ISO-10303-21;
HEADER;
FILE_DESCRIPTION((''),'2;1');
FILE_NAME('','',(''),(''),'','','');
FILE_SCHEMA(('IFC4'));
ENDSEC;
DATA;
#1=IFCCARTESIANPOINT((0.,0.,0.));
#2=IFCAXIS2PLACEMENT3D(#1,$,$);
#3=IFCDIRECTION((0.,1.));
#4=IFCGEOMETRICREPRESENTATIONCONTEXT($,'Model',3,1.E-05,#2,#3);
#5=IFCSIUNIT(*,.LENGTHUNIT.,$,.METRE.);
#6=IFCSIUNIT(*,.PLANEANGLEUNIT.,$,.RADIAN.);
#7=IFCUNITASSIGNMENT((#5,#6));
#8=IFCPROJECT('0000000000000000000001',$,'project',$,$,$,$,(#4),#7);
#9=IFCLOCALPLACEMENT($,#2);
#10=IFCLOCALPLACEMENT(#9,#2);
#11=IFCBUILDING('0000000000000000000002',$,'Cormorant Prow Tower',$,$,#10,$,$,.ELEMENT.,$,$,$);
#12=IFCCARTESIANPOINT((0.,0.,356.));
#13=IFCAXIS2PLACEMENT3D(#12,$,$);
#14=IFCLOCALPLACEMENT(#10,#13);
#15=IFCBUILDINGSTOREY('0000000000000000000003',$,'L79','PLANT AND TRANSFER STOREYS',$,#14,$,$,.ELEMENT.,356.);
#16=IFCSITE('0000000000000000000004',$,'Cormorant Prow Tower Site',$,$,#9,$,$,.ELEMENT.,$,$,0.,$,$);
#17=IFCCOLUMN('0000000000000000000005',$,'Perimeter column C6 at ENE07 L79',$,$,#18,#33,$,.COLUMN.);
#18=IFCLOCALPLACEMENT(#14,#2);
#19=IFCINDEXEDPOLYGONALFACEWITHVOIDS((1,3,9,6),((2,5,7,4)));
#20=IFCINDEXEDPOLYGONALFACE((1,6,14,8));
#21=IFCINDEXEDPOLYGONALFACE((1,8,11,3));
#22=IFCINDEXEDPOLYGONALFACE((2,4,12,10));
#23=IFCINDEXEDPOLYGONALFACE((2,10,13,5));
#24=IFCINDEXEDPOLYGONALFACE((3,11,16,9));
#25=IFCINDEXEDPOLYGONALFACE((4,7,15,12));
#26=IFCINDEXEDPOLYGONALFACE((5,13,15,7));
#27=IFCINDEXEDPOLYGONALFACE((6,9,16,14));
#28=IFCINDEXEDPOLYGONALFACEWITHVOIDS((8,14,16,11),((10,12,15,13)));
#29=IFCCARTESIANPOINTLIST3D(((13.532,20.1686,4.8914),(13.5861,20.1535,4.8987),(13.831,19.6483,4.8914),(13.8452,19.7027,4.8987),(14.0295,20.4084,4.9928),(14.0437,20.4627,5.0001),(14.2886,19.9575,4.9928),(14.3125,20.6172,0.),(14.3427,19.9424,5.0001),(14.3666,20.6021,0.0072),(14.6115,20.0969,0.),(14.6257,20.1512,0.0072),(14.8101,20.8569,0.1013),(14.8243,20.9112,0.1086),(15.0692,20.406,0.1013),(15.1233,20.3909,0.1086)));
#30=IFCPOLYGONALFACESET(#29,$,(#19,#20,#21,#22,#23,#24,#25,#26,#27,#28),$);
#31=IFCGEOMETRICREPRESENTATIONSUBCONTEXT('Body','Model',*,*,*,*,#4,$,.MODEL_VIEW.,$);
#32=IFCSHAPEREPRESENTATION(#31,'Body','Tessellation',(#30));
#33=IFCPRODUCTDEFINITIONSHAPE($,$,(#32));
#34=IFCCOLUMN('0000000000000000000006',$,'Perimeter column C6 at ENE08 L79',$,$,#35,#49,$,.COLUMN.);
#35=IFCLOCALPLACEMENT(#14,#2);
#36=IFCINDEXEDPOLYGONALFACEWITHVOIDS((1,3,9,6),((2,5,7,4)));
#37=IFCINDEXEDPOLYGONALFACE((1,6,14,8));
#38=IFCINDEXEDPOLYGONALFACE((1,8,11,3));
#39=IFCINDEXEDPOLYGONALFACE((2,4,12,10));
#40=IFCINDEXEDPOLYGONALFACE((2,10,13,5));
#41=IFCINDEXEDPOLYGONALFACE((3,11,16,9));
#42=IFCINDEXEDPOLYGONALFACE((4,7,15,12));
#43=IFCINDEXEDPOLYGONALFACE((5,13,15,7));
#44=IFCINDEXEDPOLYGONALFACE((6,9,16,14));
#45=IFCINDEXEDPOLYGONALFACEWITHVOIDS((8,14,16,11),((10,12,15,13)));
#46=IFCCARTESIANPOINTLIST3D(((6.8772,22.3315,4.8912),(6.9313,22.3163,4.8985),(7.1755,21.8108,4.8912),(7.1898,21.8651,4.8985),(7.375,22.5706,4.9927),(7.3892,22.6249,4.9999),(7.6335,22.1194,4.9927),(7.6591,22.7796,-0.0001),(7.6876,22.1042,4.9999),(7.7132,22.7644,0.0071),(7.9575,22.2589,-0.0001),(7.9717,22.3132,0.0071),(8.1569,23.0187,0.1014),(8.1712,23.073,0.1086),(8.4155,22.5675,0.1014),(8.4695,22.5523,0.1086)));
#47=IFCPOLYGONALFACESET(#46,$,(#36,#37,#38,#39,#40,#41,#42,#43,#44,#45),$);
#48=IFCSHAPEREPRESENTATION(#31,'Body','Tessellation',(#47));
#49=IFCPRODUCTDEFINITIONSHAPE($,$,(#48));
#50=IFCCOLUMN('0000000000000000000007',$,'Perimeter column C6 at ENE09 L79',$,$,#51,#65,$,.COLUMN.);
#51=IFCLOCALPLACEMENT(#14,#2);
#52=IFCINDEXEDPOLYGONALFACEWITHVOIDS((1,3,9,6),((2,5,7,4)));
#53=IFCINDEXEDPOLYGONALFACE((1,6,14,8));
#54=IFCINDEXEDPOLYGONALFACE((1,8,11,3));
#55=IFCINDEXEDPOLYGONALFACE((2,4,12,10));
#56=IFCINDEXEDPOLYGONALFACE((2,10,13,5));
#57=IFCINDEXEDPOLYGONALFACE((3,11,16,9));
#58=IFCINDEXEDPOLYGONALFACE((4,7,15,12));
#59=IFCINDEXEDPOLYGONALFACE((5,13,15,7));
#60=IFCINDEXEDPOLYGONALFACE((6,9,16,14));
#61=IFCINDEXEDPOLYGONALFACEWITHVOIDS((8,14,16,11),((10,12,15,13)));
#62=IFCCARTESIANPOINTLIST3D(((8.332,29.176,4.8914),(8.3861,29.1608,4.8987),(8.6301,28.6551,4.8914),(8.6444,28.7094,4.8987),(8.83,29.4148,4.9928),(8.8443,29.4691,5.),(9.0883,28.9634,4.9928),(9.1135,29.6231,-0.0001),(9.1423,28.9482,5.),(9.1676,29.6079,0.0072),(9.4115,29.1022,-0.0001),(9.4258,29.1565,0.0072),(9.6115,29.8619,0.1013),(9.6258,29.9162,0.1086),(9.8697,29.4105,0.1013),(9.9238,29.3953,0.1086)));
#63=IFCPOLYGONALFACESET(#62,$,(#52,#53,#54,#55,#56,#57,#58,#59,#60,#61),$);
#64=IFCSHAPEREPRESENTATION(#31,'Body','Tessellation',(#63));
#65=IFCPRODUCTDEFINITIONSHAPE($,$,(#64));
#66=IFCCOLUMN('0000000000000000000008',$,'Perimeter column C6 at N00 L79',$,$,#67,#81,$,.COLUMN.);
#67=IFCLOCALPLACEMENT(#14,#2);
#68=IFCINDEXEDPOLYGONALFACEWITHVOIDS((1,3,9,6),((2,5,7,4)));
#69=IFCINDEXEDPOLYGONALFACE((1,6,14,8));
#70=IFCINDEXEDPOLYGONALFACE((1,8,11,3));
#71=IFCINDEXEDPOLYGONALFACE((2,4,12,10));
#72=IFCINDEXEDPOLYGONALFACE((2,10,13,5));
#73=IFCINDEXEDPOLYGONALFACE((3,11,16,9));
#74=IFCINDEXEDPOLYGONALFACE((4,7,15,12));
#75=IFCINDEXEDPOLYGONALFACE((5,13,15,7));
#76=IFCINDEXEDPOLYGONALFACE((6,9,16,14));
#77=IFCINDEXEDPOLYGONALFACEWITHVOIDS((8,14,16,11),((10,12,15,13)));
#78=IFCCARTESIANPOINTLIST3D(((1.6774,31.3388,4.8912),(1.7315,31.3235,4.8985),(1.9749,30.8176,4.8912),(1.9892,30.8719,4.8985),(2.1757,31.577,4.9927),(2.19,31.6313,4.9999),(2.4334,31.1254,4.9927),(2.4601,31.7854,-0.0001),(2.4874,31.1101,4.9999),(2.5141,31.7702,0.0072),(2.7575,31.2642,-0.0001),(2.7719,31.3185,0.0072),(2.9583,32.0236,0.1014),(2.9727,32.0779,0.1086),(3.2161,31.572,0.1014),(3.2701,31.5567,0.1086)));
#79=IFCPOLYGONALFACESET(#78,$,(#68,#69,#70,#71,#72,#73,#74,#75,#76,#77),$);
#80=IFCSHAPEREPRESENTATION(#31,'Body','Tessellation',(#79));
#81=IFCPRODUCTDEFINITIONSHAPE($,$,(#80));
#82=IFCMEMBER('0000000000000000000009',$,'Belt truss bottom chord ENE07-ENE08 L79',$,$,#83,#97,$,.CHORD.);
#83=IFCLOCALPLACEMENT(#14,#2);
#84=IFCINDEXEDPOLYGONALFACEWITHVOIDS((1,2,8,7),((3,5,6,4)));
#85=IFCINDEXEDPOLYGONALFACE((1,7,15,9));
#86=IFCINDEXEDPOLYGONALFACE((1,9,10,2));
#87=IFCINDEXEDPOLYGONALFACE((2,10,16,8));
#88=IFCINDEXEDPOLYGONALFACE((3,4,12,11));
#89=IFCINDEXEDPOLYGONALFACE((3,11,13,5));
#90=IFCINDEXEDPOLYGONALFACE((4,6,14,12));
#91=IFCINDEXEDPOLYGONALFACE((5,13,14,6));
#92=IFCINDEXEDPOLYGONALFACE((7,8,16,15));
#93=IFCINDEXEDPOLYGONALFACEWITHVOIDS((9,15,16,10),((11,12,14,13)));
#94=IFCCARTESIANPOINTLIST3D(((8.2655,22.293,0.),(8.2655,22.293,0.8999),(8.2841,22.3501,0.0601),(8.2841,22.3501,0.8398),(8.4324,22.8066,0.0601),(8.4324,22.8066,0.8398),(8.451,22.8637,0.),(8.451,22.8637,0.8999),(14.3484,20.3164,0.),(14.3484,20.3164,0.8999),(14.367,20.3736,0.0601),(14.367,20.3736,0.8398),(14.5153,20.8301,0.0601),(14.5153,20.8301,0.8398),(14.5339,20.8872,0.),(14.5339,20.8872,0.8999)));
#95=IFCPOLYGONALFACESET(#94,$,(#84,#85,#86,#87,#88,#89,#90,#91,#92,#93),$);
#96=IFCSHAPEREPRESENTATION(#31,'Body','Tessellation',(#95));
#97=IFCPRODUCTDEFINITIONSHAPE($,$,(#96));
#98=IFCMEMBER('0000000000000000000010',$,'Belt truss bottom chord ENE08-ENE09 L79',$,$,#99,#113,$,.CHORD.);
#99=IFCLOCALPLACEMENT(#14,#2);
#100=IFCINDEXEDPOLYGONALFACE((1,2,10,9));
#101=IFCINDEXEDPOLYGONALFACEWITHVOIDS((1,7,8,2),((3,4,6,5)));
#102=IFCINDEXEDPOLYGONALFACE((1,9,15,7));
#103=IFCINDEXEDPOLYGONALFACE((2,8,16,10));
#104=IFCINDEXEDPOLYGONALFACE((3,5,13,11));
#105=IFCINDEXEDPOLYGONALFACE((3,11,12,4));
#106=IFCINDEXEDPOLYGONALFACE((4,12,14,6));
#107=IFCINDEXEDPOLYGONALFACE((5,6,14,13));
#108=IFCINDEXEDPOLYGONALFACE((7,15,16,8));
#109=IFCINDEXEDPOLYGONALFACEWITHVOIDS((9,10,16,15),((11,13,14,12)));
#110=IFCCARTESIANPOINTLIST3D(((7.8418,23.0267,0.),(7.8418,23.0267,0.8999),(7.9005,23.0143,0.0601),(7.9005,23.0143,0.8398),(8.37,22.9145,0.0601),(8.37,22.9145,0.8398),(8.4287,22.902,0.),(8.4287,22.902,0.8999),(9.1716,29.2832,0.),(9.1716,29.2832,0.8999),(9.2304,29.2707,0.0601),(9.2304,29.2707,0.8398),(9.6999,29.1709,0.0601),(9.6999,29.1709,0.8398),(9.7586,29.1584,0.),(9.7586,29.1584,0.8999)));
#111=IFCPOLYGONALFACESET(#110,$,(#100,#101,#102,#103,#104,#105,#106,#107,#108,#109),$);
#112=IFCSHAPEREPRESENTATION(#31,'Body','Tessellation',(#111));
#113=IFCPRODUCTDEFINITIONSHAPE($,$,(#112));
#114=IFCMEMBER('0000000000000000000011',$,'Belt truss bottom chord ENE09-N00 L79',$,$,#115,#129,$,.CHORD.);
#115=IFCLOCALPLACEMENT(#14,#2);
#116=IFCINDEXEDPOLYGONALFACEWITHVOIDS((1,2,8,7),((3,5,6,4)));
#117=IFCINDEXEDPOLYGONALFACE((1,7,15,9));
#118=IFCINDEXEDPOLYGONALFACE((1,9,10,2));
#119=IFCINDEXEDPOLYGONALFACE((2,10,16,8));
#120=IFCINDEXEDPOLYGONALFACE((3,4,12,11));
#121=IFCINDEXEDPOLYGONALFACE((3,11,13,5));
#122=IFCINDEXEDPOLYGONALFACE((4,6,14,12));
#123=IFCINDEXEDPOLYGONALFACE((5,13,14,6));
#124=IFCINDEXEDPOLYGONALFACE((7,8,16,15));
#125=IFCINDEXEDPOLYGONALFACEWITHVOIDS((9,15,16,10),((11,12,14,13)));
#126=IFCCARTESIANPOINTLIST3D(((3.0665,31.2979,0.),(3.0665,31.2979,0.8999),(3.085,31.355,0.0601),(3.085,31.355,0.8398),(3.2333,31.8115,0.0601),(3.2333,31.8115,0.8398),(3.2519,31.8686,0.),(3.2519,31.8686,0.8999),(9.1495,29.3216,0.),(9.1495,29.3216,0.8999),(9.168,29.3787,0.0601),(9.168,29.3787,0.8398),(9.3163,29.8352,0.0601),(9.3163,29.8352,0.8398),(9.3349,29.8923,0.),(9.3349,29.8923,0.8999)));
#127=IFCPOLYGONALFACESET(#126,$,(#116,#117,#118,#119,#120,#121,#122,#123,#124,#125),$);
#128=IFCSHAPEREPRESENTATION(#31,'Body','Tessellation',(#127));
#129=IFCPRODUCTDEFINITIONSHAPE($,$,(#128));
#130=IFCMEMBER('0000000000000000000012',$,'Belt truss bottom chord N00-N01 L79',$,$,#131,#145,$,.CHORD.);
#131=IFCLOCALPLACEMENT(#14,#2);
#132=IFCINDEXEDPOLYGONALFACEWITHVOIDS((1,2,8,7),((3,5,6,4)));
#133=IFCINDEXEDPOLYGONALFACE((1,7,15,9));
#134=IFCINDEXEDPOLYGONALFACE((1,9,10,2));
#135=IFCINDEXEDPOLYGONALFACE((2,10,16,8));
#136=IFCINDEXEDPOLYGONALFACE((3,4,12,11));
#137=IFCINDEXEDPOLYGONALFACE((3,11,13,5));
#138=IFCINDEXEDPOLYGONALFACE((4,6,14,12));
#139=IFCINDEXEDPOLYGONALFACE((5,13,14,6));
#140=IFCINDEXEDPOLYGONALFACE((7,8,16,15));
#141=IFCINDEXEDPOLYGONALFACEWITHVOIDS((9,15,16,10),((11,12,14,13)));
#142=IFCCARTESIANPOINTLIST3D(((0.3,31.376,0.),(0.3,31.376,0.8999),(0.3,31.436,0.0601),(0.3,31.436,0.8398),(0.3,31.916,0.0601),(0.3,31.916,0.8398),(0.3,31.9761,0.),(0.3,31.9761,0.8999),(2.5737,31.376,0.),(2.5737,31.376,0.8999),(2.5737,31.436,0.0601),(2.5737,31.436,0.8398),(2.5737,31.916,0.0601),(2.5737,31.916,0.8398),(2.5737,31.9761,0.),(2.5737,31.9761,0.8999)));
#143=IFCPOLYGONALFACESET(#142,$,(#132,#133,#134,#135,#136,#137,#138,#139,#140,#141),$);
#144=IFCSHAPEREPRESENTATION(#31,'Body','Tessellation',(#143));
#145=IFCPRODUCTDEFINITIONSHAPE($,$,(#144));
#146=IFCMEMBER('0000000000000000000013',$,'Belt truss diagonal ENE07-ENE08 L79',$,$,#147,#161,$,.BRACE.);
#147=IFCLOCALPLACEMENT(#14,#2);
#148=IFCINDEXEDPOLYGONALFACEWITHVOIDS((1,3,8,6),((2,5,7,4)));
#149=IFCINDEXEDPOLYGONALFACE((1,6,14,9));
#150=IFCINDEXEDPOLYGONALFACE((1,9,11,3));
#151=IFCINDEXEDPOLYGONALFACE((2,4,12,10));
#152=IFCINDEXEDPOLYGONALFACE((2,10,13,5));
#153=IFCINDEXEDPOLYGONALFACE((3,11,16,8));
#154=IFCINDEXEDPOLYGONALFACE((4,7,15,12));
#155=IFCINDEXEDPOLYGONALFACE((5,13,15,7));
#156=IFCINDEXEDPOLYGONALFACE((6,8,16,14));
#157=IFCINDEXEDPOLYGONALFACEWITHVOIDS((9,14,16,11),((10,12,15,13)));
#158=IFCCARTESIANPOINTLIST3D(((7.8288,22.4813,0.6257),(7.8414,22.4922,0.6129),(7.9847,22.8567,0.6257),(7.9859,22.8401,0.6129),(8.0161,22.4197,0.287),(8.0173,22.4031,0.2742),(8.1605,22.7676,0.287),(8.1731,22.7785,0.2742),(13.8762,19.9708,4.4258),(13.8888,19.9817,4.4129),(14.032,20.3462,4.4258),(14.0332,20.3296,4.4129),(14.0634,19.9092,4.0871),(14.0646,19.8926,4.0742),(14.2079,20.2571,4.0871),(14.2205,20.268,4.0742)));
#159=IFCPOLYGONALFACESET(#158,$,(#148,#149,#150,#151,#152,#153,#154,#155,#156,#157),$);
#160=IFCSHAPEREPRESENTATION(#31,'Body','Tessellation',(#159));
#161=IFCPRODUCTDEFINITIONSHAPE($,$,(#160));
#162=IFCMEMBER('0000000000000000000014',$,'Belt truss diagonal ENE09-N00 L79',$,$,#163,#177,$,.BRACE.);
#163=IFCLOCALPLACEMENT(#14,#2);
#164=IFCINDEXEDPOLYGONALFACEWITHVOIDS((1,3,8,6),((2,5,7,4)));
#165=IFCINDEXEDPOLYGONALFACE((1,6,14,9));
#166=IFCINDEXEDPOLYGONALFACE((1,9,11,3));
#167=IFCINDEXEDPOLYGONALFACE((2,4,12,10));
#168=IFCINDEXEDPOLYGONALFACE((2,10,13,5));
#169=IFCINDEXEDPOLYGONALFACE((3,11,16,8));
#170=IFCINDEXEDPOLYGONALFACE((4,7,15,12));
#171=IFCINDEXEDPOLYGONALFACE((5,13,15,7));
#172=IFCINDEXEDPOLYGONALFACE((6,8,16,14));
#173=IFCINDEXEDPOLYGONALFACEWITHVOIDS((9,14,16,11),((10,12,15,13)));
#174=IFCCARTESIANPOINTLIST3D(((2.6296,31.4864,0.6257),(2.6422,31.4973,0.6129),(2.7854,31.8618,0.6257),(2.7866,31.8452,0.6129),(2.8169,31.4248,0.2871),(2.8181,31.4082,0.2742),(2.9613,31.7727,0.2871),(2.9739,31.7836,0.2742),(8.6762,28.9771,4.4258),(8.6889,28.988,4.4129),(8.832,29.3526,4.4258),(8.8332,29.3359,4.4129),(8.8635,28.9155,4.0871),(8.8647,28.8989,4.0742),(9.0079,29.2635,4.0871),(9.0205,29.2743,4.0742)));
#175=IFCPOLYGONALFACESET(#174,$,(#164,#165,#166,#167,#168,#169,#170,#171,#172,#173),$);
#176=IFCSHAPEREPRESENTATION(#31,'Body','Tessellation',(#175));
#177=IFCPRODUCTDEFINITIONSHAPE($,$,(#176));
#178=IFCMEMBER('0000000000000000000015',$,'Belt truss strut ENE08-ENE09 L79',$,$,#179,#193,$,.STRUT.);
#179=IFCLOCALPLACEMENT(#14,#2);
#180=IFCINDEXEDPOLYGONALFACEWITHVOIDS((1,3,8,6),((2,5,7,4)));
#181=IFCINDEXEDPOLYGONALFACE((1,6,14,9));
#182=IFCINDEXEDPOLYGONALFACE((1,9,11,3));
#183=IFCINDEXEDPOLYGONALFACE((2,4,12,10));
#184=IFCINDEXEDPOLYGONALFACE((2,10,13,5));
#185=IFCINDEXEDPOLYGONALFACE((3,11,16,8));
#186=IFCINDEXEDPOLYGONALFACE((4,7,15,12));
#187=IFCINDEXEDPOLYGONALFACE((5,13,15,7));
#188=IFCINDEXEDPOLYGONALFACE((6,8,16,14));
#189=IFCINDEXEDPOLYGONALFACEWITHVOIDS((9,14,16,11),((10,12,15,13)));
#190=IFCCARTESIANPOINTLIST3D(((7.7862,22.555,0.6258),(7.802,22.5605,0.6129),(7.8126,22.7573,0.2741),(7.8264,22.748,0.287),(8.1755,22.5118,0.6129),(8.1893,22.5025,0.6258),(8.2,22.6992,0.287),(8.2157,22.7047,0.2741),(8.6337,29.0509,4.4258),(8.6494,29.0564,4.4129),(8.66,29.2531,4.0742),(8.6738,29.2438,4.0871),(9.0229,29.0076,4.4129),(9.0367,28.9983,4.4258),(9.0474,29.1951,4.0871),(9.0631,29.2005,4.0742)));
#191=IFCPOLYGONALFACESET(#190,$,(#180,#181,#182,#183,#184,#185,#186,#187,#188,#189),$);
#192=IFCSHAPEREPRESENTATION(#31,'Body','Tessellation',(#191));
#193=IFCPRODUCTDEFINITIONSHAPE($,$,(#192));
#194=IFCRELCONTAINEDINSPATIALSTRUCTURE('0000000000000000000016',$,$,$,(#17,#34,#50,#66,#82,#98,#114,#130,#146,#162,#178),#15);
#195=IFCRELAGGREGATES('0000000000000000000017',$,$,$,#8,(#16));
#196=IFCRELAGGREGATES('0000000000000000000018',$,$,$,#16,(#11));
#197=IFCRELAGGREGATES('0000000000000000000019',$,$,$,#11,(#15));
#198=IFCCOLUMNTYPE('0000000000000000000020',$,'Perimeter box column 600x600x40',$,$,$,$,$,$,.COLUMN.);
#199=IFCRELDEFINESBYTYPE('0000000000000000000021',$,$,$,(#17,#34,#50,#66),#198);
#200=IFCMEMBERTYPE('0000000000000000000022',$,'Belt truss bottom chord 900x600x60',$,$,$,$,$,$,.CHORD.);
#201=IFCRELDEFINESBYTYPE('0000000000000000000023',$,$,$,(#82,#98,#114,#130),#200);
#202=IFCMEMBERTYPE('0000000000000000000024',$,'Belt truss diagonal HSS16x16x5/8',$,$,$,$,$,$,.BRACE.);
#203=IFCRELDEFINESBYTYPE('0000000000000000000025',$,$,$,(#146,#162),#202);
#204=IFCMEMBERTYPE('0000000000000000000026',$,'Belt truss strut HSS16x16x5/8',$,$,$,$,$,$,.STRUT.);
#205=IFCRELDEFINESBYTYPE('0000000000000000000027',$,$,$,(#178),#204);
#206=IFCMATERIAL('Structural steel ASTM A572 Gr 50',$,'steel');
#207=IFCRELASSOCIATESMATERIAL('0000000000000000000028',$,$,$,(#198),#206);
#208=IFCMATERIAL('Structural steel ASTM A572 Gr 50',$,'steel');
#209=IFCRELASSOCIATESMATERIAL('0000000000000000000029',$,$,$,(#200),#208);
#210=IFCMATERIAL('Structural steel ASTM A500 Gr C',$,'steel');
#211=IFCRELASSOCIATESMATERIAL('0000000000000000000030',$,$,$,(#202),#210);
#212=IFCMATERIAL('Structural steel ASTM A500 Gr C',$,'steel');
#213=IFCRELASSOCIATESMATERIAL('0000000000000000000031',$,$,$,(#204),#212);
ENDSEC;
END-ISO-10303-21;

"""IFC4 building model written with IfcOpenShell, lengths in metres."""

from ifc_helpers import new_model, si_unit, direction, frame, origin, origin_2d, place, context, subcontext, project, spatial, hollow_rectangle, extrude, material, material_profile, profile_set, type_object, element, save


model = new_model("IFC4")

# Units and contexts
model_context = context("Model", 3, precision=1e-05, world=origin(), true_north=direction((0.0, 1.0)))
body_context = subcontext(model_context, "Body", "Model", "MODEL_VIEW")
ifc_project = project(units=[si_unit("LENGTHUNIT", "METRE"), si_unit("PLANEANGLEUNIT", "RADIAN")], contexts=[model_context])

# Site, building, storey
site_placement = place(None, origin())
site = spatial("IfcSite", under=ifc_project, at=site_placement, Name="Cormorant Prow Tower Site", CompositionType="ELEMENT", RefElevation=0.0)
building_placement = place(site_placement, origin())
building = spatial("IfcBuilding", under=site, at=building_placement, Name="Cormorant Prow Tower", CompositionType="ELEMENT")
storey_placement = place(building_placement, frame((0.0, 0.0, 356.0)))
storey = spatial("IfcBuildingStorey", under=building, at=storey_placement, Name="L79", Description="PLANT AND TRANSFER STOREYS", CompositionType="ELEMENT", Elevation=356.0)

# Columns
ifc_material_1 = material(Name="Structural steel ASTM A572 Gr 50", Category="steel")
ifc_material_profile_1 = material_profile(ifc_material_1, hollow_rectangle(XDim=0.6001, YDim=0.6001, WallThickness=0.04, at=origin_2d()), Name="Box 600x600x40")
ifc_profile_set_1 = profile_set([ifc_material_profile_1], Name="Structural steel ASTM A572 Gr 50")
column_type = type_object("IfcColumnType", Name="Perimeter box column 600x600x40", PredefinedType="COLUMN", material=ifc_profile_set_1)
for number, where, z_axis, x_axis, name in (
    (1, (14.7266, 20.509, 0.0), (-0.156935, -0.090185, 0.983483), (0.498252, -0.867032, 0.0), "Perimeter column C6 at ENE07 L79"),
    (2, (8.073, 22.6709, 0.0), (-0.157217, -0.090085, 0.983447), (0.497166, -0.867655, 0.0), "Perimeter column C6 at ENE08 L79"),
    (3, (9.5273, 29.5142, 0.0), (-0.157126, -0.089896, 0.983479), (0.496596, -0.867982, 0.0), "Perimeter column C6 at ENE09 L79"),
    (4, (2.8738, 31.676, 0.0), (-0.157362, -0.089797, 0.98345), (0.495625, -0.868537, 0.0), "Perimeter column C6 at N00 L79"),
):
    element("IfcColumn", number, at=place(storey_placement, frame(where, z_axis=z_axis, x_axis=x_axis)), inside=storey, type_object=column_type, Name=name, PredefinedType="COLUMN", context=body_context, shape_type="SweptSolid", body=[
        extrude(hollow_rectangle(XDim=0.6001, YDim=0.6001, WallThickness=0.04, at=origin_2d()), frame((0.0, 0.0, 0.0552)), (0.0, 0.0, 1.0), 4.9736),
    ])

# Members
ifc_material_2 = material(Name="Structural steel ASTM A572 Gr 50", Category="steel")
ifc_material_profile_2 = material_profile(ifc_material_2, hollow_rectangle(XDim=0.6001, YDim=0.8999, WallThickness=0.0601, at=origin_2d()), Name="Box 900x600x60")
ifc_profile_set_2 = profile_set([ifc_material_profile_2], Name="Structural steel ASTM A572 Gr 50")
member_type_1 = type_object("IfcMemberType", Name="Belt truss bottom chord 900x600x60", PredefinedType="CHORD", material=ifc_profile_set_2)
member_1_placement = place(storey_placement, frame((14.4412, 20.6018, 0.45), z_axis=(-0.951053, 0.309027, 0.0), x_axis=(-0.309027, -0.951053, 0.0)))
element("IfcMember", 5, at=member_1_placement, inside=storey, type_object=member_type_1, Name="Belt truss bottom chord ENE07-ENE08 L79", PredefinedType="CHORD", context=body_context, shape_type="SweptSolid", body=[
    extrude(hollow_rectangle(XDim=0.6001, YDim=0.8999, WallThickness=0.0601, at=origin_2d()), origin(), (0.0, 0.0, 1.0), 6.396),
])
member_2_placement = place(storey_placement, frame((8.1353, 22.9644, 0.45), z_axis=(0.207913, 0.978147, 0.0), x_axis=(-0.978147, 0.207913, 0.0)))
element("IfcMember", 6, at=member_2_placement, inside=storey, type_object=member_type_1, Name="Belt truss bottom chord ENE08-ENE09 L79", PredefinedType="CHORD", context=body_context, shape_type="SweptSolid", body=[
    extrude(hollow_rectangle(XDim=0.6001, YDim=0.8999, WallThickness=0.0601, at=origin_2d()), origin(), (0.0, 0.0, 1.0), 6.3962),
])
member_3_placement = place(storey_placement, frame((9.2422, 29.6069, 0.45), z_axis=(-0.951064, 0.308993, 0.0), x_axis=(-0.308993, -0.951064, 0.0)))
element("IfcMember", 7, at=member_3_placement, inside=storey, type_object=member_type_1, Name="Belt truss bottom chord ENE09-N00 L79", PredefinedType="CHORD", context=body_context, shape_type="SweptSolid", body=[
    extrude(hollow_rectangle(XDim=0.6001, YDim=0.8999, WallThickness=0.0601, at=origin_2d()), origin(), (0.0, 0.0, 1.0), 6.396),
])
member_4_placement = place(storey_placement, frame((2.5737, 31.676, 0.45), z_axis=(-1.0, 0.0, 0.0), x_axis=(0.0, -1.0, 0.0)))
element("IfcMember", 8, at=member_4_placement, inside=storey, type_object=member_type_1, Name="Belt truss bottom chord N00-N01 L79", PredefinedType="CHORD", context=body_context, shape_type="SweptSolid", body=[
    extrude(hollow_rectangle(XDim=0.6001, YDim=0.8999, WallThickness=0.0601, at=origin_2d()), origin(), (0.0, 0.0, 1.0), 2.2737),
])
ifc_material_3 = material(Name="Structural steel ASTM A500 Gr C", Category="steel")
ifc_material_profile_3 = material_profile(ifc_material_3, hollow_rectangle(XDim=0.4065, YDim=0.4065, WallThickness=0.0149, at=origin_2d()), Name="HSS16x16x5/8")
ifc_profile_set_3 = profile_set([ifc_material_profile_3], Name="Structural steel ASTM A500 Gr C")
member_type_2 = type_object("IfcMemberType", Name="Belt truss diagonal HSS16x16x5/8", PredefinedType="BRACE", material=ifc_profile_set_3)
member_5_placement = place(storey_placement, frame((8.001, 22.6299, 0.45), z_axis=(0.798799, -0.331613, 0.50195), x_axis=(0.383413, 0.923577, 0.0)))
element("IfcMember", 9, at=member_5_placement, inside=storey, type_object=member_type_2, Name="Belt truss diagonal ENE07-ENE08 L79", PredefinedType="BRACE", context=body_context, shape_type="SweptSolid", body=[
    extrude(hollow_rectangle(XDim=0.4065, YDim=0.4065, WallThickness=0.0149, at=origin_2d()), origin(), (0.0, 0.0, 1.0), 7.5706),
])
member_6_placement = place(storey_placement, frame((2.8018, 31.635, 0.45), z_axis=(0.798806, -0.331495, 0.502016), x_axis=(0.383294, 0.923627, 0.0)))
element("IfcMember", 10, at=member_6_placement, inside=storey, type_object=member_type_2, Name="Belt truss diagonal ENE09-N00 L79", PredefinedType="BRACE", context=body_context, shape_type="SweptSolid", body=[
    extrude(hollow_rectangle(XDim=0.4065, YDim=0.4065, WallThickness=0.0149, at=origin_2d()), origin(), (0.0, 0.0, 1.0), 7.5696),
])
ifc_material_4 = material(Name="Structural steel ASTM A500 Gr C", Category="steel")
ifc_material_profile_4 = material_profile(ifc_material_4, hollow_rectangle(XDim=0.4065, YDim=0.4065, WallThickness=0.0149, at=origin_2d()), Name="HSS16x16x5/8")
ifc_profile_set_4 = profile_set([ifc_material_profile_4], Name="Structural steel ASTM A500 Gr C")
member_type_3 = type_object("IfcMemberType", Name="Belt truss strut HSS16x16x5/8", PredefinedType="STRUT", material=ifc_profile_set_4)
member_7_placement = place(storey_placement, frame((8.001, 22.6299, 0.45), z_axis=(0.111895, 0.857733, 0.501771), x_axis=(-0.991598, 0.129358, 0.0)))
element("IfcMember", 11, at=member_7_placement, inside=storey, type_object=member_type_3, Name="Belt truss strut ENE08-ENE09 L79", PredefinedType="STRUT", context=body_context, shape_type="SweptSolid", body=[
    extrude(hollow_rectangle(XDim=0.4065, YDim=0.4065, WallThickness=0.0149, at=origin_2d()), origin(), (0.0, 0.0, 1.0), 7.5732),
])

save(model, "model.ifc")
